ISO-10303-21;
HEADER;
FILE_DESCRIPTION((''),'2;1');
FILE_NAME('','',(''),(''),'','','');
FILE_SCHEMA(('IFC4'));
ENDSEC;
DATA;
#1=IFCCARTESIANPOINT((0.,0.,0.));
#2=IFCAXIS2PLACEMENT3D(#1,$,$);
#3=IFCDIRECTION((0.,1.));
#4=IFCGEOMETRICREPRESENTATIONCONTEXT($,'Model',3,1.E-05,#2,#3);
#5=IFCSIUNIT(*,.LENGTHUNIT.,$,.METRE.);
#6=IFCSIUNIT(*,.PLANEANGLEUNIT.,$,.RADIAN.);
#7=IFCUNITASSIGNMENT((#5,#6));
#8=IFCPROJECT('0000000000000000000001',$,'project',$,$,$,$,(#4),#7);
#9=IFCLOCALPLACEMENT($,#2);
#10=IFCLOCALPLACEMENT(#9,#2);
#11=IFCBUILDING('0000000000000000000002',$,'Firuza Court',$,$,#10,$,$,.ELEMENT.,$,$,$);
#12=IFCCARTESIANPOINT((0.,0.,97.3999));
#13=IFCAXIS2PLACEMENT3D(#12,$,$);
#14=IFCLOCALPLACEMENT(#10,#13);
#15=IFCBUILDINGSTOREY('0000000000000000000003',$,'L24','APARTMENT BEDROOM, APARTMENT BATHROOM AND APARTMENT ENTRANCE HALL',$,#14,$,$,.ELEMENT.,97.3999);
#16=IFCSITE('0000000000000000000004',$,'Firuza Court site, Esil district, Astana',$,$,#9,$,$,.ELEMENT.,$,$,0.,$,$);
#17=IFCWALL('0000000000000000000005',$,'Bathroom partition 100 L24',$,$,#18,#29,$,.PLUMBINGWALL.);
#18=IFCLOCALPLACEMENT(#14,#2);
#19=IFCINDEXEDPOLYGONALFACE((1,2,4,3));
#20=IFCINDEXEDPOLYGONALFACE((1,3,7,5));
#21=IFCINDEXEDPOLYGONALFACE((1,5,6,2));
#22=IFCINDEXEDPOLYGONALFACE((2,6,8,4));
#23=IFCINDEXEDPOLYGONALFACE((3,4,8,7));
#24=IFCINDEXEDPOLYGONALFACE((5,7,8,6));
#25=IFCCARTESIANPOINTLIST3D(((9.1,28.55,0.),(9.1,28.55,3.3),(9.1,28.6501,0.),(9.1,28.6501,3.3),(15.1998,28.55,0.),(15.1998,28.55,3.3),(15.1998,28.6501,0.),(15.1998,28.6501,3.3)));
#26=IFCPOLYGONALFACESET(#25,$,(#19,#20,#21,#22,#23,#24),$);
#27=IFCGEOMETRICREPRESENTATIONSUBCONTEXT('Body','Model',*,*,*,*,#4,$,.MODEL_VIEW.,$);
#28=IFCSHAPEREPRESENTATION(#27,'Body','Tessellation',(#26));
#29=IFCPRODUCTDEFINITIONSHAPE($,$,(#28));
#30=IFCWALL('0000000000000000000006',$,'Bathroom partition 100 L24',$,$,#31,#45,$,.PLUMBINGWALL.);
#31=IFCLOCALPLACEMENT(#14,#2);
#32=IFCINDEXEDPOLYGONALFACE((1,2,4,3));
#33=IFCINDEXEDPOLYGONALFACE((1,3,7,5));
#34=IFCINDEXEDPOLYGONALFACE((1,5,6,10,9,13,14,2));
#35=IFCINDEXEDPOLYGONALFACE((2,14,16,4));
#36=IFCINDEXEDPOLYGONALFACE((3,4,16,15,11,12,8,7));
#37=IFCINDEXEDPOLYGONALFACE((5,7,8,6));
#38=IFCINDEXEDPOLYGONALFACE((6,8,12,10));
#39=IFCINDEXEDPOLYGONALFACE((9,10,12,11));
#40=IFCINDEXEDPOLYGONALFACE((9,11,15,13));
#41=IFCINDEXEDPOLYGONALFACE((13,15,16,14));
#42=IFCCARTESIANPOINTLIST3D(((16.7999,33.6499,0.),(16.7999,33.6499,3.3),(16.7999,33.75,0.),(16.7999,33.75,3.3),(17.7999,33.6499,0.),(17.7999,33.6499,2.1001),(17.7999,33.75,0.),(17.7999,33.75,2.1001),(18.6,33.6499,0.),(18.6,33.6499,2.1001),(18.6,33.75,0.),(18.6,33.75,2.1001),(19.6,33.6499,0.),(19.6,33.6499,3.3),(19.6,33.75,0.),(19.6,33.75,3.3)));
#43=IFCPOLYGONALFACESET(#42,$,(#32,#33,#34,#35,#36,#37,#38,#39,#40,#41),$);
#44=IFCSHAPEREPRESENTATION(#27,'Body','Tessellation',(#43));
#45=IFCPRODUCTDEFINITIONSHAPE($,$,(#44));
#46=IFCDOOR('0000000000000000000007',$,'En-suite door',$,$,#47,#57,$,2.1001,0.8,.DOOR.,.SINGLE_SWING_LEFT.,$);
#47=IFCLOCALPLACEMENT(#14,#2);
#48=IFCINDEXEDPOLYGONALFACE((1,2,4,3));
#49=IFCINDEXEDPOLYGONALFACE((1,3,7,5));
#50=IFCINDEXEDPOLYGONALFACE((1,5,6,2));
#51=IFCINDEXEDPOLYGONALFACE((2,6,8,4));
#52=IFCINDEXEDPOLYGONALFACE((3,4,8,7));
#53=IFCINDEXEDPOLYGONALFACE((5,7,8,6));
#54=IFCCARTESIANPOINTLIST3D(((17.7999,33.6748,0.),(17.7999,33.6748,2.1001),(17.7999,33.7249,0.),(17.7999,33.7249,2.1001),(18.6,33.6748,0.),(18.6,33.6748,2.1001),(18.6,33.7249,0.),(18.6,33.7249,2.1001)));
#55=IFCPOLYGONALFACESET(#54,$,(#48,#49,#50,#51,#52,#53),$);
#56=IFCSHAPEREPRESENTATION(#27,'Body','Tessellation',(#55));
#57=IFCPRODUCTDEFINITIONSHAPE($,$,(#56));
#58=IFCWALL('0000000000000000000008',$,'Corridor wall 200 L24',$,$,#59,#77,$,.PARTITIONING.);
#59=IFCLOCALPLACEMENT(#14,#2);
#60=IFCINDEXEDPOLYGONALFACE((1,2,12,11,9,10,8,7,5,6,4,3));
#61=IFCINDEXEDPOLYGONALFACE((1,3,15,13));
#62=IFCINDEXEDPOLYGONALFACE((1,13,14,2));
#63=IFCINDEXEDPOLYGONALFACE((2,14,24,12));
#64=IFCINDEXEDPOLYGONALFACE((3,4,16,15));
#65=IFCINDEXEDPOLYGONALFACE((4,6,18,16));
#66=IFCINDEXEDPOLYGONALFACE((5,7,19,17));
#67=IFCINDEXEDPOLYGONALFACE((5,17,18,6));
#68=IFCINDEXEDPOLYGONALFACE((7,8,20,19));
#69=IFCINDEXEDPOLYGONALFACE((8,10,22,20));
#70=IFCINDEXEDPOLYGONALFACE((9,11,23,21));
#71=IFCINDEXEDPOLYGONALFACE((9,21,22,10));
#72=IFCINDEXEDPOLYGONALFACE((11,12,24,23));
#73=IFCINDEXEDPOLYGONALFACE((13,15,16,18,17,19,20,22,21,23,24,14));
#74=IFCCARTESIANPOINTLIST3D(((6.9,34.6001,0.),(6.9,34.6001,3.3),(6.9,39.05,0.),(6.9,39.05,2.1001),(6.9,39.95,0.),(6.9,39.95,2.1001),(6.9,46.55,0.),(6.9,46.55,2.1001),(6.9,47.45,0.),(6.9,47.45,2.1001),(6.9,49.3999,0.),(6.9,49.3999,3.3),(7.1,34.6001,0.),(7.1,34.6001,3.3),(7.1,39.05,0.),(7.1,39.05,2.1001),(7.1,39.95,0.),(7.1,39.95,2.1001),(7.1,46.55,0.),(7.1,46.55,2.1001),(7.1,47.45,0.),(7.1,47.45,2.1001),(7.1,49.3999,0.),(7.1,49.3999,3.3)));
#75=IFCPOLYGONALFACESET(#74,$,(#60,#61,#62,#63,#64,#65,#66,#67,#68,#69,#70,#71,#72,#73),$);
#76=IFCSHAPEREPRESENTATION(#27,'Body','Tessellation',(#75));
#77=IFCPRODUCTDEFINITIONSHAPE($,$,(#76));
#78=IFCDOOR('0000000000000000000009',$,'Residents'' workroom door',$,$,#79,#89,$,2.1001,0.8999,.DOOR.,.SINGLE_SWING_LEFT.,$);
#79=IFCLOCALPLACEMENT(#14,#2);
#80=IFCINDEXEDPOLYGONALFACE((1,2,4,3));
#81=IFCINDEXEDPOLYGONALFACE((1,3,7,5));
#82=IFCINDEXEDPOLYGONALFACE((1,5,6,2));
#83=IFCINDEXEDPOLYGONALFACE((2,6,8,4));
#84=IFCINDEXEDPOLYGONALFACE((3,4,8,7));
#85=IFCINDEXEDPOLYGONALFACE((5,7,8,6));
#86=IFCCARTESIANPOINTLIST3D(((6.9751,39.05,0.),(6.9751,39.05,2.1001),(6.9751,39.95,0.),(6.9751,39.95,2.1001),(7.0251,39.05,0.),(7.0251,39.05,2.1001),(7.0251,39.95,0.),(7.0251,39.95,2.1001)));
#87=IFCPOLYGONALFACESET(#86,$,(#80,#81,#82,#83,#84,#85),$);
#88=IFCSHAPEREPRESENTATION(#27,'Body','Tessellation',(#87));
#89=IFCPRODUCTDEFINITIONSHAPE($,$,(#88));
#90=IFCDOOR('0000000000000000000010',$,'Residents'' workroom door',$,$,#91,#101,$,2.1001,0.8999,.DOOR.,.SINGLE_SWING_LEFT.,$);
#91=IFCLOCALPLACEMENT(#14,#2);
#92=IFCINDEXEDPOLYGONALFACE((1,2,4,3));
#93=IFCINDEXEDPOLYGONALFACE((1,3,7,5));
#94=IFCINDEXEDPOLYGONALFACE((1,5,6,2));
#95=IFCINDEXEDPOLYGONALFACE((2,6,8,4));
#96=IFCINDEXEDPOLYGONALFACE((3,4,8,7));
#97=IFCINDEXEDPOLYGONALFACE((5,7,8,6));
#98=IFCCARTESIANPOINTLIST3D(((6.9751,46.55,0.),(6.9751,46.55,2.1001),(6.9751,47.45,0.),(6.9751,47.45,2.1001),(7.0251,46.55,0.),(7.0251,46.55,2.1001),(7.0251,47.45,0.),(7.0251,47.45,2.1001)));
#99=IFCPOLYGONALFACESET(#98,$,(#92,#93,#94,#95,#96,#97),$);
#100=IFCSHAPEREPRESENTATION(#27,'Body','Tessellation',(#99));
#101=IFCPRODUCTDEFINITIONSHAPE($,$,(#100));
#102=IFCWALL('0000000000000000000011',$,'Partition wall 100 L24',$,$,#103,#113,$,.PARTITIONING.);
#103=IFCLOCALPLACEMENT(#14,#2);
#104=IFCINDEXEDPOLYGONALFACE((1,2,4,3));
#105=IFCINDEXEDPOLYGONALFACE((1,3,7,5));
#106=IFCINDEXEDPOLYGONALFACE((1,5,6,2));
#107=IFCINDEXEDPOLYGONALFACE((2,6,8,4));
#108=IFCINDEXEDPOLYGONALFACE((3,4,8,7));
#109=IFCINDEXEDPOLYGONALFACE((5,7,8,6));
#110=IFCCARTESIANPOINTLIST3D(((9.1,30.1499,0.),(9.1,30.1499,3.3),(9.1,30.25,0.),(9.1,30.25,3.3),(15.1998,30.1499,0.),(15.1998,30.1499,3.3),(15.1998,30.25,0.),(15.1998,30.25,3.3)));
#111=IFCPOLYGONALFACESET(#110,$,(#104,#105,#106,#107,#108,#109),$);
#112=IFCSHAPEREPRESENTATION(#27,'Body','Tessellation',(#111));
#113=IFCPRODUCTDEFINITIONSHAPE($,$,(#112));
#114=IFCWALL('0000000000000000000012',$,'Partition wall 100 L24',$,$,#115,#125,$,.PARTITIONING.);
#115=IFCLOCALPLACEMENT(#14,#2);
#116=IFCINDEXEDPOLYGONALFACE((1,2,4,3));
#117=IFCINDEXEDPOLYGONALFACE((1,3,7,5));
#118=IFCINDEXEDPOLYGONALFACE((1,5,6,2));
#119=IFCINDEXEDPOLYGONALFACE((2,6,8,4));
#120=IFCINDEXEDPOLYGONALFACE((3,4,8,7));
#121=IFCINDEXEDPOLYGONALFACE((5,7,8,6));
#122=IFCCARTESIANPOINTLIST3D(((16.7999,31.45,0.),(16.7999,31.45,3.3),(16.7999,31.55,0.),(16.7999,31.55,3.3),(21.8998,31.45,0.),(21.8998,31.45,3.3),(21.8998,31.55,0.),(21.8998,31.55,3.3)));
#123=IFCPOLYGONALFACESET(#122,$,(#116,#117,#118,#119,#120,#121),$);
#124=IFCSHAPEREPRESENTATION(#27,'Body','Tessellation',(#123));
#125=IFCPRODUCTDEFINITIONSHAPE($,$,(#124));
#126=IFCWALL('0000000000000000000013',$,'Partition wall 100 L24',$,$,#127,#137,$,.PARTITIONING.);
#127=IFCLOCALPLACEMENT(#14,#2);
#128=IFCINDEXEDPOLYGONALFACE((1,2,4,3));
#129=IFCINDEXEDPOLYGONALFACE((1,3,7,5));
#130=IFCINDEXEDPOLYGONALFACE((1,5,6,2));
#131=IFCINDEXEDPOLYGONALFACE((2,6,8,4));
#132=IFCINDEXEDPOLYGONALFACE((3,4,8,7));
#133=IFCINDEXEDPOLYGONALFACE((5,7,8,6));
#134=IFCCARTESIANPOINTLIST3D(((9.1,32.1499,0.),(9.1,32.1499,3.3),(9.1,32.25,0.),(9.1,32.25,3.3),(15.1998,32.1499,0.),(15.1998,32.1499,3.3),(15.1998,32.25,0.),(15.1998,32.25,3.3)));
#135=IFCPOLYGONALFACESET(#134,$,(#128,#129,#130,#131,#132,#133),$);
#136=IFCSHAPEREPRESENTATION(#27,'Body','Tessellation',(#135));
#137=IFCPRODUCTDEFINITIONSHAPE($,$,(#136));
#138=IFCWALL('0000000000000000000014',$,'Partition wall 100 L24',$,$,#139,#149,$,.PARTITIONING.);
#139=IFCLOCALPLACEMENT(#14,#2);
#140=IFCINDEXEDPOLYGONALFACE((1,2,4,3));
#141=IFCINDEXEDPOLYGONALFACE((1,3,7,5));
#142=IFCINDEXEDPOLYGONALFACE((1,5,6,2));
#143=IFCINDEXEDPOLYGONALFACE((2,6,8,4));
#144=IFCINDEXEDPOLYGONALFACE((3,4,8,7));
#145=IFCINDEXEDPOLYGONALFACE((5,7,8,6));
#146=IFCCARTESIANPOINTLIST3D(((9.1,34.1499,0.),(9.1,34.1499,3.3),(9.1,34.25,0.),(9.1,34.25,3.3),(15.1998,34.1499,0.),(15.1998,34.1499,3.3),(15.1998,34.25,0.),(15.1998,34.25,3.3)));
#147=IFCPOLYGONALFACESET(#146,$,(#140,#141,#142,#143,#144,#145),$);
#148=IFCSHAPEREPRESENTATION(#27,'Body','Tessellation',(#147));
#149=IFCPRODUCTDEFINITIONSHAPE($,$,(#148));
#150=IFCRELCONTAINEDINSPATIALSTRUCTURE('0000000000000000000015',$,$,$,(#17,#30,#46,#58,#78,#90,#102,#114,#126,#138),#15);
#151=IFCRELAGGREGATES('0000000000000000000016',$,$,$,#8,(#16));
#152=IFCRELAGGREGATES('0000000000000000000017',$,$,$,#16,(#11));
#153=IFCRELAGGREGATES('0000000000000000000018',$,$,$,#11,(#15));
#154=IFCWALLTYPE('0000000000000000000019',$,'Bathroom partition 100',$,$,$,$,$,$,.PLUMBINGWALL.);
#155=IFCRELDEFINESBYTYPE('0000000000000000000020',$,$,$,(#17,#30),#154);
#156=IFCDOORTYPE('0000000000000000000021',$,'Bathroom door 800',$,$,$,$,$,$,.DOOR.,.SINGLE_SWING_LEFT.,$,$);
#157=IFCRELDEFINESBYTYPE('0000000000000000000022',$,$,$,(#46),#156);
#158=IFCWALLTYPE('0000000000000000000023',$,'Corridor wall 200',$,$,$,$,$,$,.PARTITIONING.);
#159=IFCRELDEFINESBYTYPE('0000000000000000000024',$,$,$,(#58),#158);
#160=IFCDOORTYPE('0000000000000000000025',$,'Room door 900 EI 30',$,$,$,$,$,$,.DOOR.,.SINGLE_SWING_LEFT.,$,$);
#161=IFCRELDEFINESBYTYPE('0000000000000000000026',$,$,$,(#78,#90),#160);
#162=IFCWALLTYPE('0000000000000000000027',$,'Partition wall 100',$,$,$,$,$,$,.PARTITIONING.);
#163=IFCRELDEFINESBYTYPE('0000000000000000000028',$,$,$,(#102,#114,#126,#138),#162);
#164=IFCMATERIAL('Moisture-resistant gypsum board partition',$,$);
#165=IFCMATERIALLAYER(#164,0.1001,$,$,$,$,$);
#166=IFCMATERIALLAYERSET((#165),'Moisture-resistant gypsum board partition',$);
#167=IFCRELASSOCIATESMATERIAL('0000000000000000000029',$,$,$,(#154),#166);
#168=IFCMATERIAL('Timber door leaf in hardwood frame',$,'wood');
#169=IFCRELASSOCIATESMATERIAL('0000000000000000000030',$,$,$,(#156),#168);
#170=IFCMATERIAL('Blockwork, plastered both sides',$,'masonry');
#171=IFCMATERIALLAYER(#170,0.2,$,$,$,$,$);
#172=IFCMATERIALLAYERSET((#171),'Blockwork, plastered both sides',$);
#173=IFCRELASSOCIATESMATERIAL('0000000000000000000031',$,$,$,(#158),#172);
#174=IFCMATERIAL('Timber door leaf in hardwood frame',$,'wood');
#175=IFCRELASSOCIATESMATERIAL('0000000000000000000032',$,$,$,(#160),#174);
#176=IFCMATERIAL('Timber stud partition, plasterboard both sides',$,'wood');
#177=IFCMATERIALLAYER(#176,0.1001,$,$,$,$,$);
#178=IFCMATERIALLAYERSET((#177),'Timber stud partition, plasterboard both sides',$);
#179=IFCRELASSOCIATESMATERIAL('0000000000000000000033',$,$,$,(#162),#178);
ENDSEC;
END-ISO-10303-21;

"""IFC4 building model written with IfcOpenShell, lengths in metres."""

from ifc_helpers import new_model, si_unit, direction, frame, frame_2d, origin, place, context, subcontext, project, spatial, rectangle, extrude, material, layer, layer_set, type_object, element, fill, save


model = new_model("IFC4")

# Units and contexts
model_context = context("Model", 3, precision=1e-05, world=origin(), true_north=direction((0.0, 1.0)))
body_context = subcontext(model_context, "Body", "Model", "MODEL_VIEW")
ifc_project = project(units=[si_unit("LENGTHUNIT", "METRE"), si_unit("PLANEANGLEUNIT", "RADIAN")], contexts=[model_context])

# Site, building, storey
site_placement = place(None, origin())
site = spatial("IfcSite", under=ifc_project, at=site_placement, Name="Firuza Court site, Esil district, Astana", CompositionType="ELEMENT", RefElevation=0.0)
building_placement = place(site_placement, origin())
building = spatial("IfcBuilding", under=site, at=building_placement, Name="Firuza Court", CompositionType="ELEMENT")
storey_placement = place(building_placement, frame((0.0, 0.0, 97.3999)))
storey = spatial("IfcBuildingStorey", under=building, at=storey_placement, Name="L24", Description="APARTMENT BEDROOM, APARTMENT BATHROOM AND APARTMENT ENTRANCE HALL", CompositionType="ELEMENT", Elevation=97.3999)

# Wall
ifc_material_1 = material(Name="Moisture-resistant gypsum board partition")
ifc_layer_1 = layer(ifc_material_1, 0.1001)
ifc_layer_set_1 = layer_set([ifc_layer_1], Name="Moisture-resistant gypsum board partition")
wall_type_1 = type_object("IfcWallType", Name="Bathroom partition 100", PredefinedType="PLUMBINGWALL", material=ifc_layer_set_1)
wall_1_placement = place(storey_placement, frame((9.1001, 28.6001, 0.0), z_axis=(0.0, 0.0, 1.0), x_axis=(1.0, 0.0, 0.0)))
element("IfcWall", 1, at=wall_1_placement, inside=storey, type_object=wall_type_1, Name="Bathroom partition 100 L24", PredefinedType="PLUMBINGWALL", context=body_context, shape_type="SweptSolid", body=[
    extrude(rectangle(XDim=6.0999, YDim=0.1001, at=frame_2d((3.0498, 0.0))), origin(), (0.0, 0.0, 1.0), 3.3),
])

# Wall, opening, door
wall_2_placement = place(storey_placement, frame((16.8, 33.7, 0.0), z_axis=(0.0, 0.0, 1.0), x_axis=(1.0, 0.0, 0.0)))
wall_2 = element("IfcWall", 2, at=wall_2_placement, inside=storey, type_object=wall_type_1, Name="Bathroom partition 100 L24", PredefinedType="PLUMBINGWALL", context=body_context, shape_type="SweptSolid", body=[
    extrude(rectangle(XDim=2.8, YDim=0.1001, at=frame_2d((1.3999, 0.0))), origin(), (0.0, 0.0, 1.0), 3.3),
])
opening_1_placement = place(wall_2_placement, frame((1.0, 0.0, 0.0)))
opening_1 = element("IfcOpeningElement", 3, at=opening_1_placement, cuts=wall_2, PredefinedType="OPENING", context=body_context, shape_type="SweptSolid", body=[
    extrude(rectangle(XDim=0.8, YDim=2.1001, at=frame_2d((0.3999, 1.05))), frame((0.0, 0.062, 0.0), z_axis=(0.0, -1.0, 0.0), x_axis=(1.0, 0.0, 0.0)), (0.0, 0.0, 1.0), 0.124),
])
ifc_material_2 = material(Name="Timber door leaf in hardwood frame", Category="wood")
door_type_1 = type_object("IfcDoorType", Name="Bathroom door 800", OperationType="SINGLE_SWING_LEFT", PredefinedType="DOOR", material=ifc_material_2)
door_1_placement = place(opening_1_placement, origin())
door_1 = element("IfcDoor", 4, at=door_1_placement, inside=storey, type_object=door_type_1, Name="En-suite door", OperationType="SINGLE_SWING_LEFT", OverallHeight=2.1001, OverallWidth=0.8, PredefinedType="DOOR", context=body_context, shape_type="SweptSolid", body=[
    extrude(rectangle(XDim=0.8, YDim=2.1001, at=frame_2d((0.3999, 1.05))), frame((0.0, 0.0249, 0.0), z_axis=(0.0, -1.0, 0.0), x_axis=(1.0, 0.0, 0.0)), (0.0, 0.0, 1.0), 0.05),
])
fill(opening_1, door_1)

# Wall, openings, doors
ifc_material_3 = material(Name="Blockwork, plastered both sides", Category="masonry")
ifc_layer_2 = layer(ifc_material_3, 0.2)
ifc_layer_set_2 = layer_set([ifc_layer_2], Name="Blockwork, plastered both sides")
wall_type_2 = type_object("IfcWallType", Name="Corridor wall 200", PredefinedType="PARTITIONING", material=ifc_layer_set_2)
wall_3_placement = place(storey_placement, frame((7.0, 34.6001, 0.0), z_axis=(0.0, 0.0, 1.0), x_axis=(0.0, 1.0, 0.0)))
wall_3 = element("IfcWall", 5, at=wall_3_placement, inside=storey, type_object=wall_type_2, Name="Corridor wall 200 L24", PredefinedType="PARTITIONING", context=body_context, shape_type="SweptSolid", body=[
    extrude(rectangle(XDim=14.7998, YDim=0.2, at=frame_2d((7.3999, 0.0))), origin(), (0.0, 0.0, 1.0), 3.3),
])
opening_2_placement = place(wall_3_placement, frame((4.45, 0.0, 0.0)))
opening_2 = element("IfcOpeningElement", 6, at=opening_2_placement, cuts=wall_3, PredefinedType="OPENING", context=body_context, shape_type="SweptSolid", body=[
    extrude(rectangle(XDim=0.8999, YDim=2.1001, at=frame_2d((0.45, 1.05))), frame((0.0, 0.1118, 0.0), z_axis=(0.0, -1.0, 0.0), x_axis=(1.0, 0.0, 0.0)), (0.0, 0.0, 1.0), 0.2239),
])
opening_3_placement = place(wall_3_placement, frame((11.95, 0.0, 0.0)))
opening_3 = element("IfcOpeningElement", 7, at=opening_3_placement, cuts=wall_3, PredefinedType="OPENING", context=body_context, shape_type="SweptSolid", body=[
    extrude(rectangle(XDim=0.8999, YDim=2.1001, at=frame_2d((0.45, 1.05))), frame((0.0, 0.1118, 0.0), z_axis=(0.0, -1.0, 0.0), x_axis=(1.0, 0.0, 0.0)), (0.0, 0.0, 1.0), 0.2239),
])
ifc_material_4 = material(Name="Timber door leaf in hardwood frame", Category="wood")
door_type_2 = type_object("IfcDoorType", Name="Room door 900 EI 30", OperationType="SINGLE_SWING_LEFT", PredefinedType="DOOR", material=ifc_material_4)
door_2_placement = place(opening_2_placement, origin())
door_2 = element("IfcDoor", 8, at=door_2_placement, inside=storey, type_object=door_type_2, Name="Residents' workroom door", OperationType="SINGLE_SWING_LEFT", OverallHeight=2.1001, OverallWidth=0.8999, PredefinedType="DOOR", context=body_context, shape_type="SweptSolid", body=[
    extrude(rectangle(XDim=0.8999, YDim=2.1001, at=frame_2d((0.45, 1.05))), frame((0.0, 0.0249, 0.0), z_axis=(0.0, -1.0, 0.0), x_axis=(1.0, 0.0, 0.0)), (0.0, 0.0, 1.0), 0.05),
])
fill(opening_2, door_2)
door_3_placement = place(opening_3_placement, origin())
door_3 = element("IfcDoor", 9, at=door_3_placement, inside=storey, type_object=door_type_2, Name="Residents' workroom door", OperationType="SINGLE_SWING_LEFT", OverallHeight=2.1001, OverallWidth=0.8999, PredefinedType="DOOR", context=body_context, shape_type="SweptSolid", body=[
    extrude(rectangle(XDim=0.8999, YDim=2.1001, at=frame_2d((0.45, 1.05))), frame((0.0, 0.0249, 0.0), z_axis=(0.0, -1.0, 0.0), x_axis=(1.0, 0.0, 0.0)), (0.0, 0.0, 1.0), 0.05),
])
fill(opening_3, door_3)

# Walls
ifc_material_5 = material(Name="Timber stud partition, plasterboard both sides", Category="wood")
ifc_layer_3 = layer(ifc_material_5, 0.1001)
ifc_layer_set_3 = layer_set([ifc_layer_3], Name="Timber stud partition, plasterboard both sides")
wall_type_3 = type_object("IfcWallType", Name="Partition wall 100", PredefinedType="PARTITIONING", material=ifc_layer_set_3)
wall_4_placement = place(storey_placement, frame((9.1001, 30.2, 0.0), z_axis=(0.0, 0.0, 1.0), x_axis=(1.0, 0.0, 0.0)))
element("IfcWall", 10, at=wall_4_placement, inside=storey, type_object=wall_type_3, Name="Partition wall 100 L24", PredefinedType="PARTITIONING", context=body_context, shape_type="SweptSolid", body=[
    extrude(rectangle(XDim=6.0999, YDim=0.1001, at=frame_2d((3.0498, 0.0))), origin(), (0.0, 0.0, 1.0), 3.3),
])
wall_5_placement = place(storey_placement, frame((16.8, 31.5, 0.0), z_axis=(0.0, 0.0, 1.0), x_axis=(1.0, 0.0, 0.0)))
element("IfcWall", 11, at=wall_5_placement, inside=storey, type_object=wall_type_3, Name="Partition wall 100 L24", PredefinedType="PARTITIONING", context=body_context, shape_type="SweptSolid", body=[
    extrude(rectangle(XDim=5.0999, YDim=0.1001, at=frame_2d((2.5498, 0.0))), origin(), (0.0, 0.0, 1.0), 3.3),
])
for number, where, z_axis, x_axis, name in (
    (12, (9.1001, 32.2, 0.0), (0.0, 0.0, 1.0), (1.0, 0.0, 0.0), "Partition wall 100 L24"),
    (13, (9.1001, 34.2, 0.0), (0.0, 0.0, 1.0), (1.0, 0.0, 0.0), "Partition wall 100 L24"),
):
    element("IfcWall", number, at=place(storey_placement, frame(where, z_axis=z_axis, x_axis=x_axis)), inside=storey, type_object=wall_type_3, Name=name, PredefinedType="PARTITIONING", context=body_context, shape_type="SweptSolid", body=[
        extrude(rectangle(XDim=6.0999, YDim=0.1001, at=frame_2d((3.0498, 0.0))), origin(), (0.0, 0.0, 1.0), 3.3),
    ])

save(model, "model.ifc")
